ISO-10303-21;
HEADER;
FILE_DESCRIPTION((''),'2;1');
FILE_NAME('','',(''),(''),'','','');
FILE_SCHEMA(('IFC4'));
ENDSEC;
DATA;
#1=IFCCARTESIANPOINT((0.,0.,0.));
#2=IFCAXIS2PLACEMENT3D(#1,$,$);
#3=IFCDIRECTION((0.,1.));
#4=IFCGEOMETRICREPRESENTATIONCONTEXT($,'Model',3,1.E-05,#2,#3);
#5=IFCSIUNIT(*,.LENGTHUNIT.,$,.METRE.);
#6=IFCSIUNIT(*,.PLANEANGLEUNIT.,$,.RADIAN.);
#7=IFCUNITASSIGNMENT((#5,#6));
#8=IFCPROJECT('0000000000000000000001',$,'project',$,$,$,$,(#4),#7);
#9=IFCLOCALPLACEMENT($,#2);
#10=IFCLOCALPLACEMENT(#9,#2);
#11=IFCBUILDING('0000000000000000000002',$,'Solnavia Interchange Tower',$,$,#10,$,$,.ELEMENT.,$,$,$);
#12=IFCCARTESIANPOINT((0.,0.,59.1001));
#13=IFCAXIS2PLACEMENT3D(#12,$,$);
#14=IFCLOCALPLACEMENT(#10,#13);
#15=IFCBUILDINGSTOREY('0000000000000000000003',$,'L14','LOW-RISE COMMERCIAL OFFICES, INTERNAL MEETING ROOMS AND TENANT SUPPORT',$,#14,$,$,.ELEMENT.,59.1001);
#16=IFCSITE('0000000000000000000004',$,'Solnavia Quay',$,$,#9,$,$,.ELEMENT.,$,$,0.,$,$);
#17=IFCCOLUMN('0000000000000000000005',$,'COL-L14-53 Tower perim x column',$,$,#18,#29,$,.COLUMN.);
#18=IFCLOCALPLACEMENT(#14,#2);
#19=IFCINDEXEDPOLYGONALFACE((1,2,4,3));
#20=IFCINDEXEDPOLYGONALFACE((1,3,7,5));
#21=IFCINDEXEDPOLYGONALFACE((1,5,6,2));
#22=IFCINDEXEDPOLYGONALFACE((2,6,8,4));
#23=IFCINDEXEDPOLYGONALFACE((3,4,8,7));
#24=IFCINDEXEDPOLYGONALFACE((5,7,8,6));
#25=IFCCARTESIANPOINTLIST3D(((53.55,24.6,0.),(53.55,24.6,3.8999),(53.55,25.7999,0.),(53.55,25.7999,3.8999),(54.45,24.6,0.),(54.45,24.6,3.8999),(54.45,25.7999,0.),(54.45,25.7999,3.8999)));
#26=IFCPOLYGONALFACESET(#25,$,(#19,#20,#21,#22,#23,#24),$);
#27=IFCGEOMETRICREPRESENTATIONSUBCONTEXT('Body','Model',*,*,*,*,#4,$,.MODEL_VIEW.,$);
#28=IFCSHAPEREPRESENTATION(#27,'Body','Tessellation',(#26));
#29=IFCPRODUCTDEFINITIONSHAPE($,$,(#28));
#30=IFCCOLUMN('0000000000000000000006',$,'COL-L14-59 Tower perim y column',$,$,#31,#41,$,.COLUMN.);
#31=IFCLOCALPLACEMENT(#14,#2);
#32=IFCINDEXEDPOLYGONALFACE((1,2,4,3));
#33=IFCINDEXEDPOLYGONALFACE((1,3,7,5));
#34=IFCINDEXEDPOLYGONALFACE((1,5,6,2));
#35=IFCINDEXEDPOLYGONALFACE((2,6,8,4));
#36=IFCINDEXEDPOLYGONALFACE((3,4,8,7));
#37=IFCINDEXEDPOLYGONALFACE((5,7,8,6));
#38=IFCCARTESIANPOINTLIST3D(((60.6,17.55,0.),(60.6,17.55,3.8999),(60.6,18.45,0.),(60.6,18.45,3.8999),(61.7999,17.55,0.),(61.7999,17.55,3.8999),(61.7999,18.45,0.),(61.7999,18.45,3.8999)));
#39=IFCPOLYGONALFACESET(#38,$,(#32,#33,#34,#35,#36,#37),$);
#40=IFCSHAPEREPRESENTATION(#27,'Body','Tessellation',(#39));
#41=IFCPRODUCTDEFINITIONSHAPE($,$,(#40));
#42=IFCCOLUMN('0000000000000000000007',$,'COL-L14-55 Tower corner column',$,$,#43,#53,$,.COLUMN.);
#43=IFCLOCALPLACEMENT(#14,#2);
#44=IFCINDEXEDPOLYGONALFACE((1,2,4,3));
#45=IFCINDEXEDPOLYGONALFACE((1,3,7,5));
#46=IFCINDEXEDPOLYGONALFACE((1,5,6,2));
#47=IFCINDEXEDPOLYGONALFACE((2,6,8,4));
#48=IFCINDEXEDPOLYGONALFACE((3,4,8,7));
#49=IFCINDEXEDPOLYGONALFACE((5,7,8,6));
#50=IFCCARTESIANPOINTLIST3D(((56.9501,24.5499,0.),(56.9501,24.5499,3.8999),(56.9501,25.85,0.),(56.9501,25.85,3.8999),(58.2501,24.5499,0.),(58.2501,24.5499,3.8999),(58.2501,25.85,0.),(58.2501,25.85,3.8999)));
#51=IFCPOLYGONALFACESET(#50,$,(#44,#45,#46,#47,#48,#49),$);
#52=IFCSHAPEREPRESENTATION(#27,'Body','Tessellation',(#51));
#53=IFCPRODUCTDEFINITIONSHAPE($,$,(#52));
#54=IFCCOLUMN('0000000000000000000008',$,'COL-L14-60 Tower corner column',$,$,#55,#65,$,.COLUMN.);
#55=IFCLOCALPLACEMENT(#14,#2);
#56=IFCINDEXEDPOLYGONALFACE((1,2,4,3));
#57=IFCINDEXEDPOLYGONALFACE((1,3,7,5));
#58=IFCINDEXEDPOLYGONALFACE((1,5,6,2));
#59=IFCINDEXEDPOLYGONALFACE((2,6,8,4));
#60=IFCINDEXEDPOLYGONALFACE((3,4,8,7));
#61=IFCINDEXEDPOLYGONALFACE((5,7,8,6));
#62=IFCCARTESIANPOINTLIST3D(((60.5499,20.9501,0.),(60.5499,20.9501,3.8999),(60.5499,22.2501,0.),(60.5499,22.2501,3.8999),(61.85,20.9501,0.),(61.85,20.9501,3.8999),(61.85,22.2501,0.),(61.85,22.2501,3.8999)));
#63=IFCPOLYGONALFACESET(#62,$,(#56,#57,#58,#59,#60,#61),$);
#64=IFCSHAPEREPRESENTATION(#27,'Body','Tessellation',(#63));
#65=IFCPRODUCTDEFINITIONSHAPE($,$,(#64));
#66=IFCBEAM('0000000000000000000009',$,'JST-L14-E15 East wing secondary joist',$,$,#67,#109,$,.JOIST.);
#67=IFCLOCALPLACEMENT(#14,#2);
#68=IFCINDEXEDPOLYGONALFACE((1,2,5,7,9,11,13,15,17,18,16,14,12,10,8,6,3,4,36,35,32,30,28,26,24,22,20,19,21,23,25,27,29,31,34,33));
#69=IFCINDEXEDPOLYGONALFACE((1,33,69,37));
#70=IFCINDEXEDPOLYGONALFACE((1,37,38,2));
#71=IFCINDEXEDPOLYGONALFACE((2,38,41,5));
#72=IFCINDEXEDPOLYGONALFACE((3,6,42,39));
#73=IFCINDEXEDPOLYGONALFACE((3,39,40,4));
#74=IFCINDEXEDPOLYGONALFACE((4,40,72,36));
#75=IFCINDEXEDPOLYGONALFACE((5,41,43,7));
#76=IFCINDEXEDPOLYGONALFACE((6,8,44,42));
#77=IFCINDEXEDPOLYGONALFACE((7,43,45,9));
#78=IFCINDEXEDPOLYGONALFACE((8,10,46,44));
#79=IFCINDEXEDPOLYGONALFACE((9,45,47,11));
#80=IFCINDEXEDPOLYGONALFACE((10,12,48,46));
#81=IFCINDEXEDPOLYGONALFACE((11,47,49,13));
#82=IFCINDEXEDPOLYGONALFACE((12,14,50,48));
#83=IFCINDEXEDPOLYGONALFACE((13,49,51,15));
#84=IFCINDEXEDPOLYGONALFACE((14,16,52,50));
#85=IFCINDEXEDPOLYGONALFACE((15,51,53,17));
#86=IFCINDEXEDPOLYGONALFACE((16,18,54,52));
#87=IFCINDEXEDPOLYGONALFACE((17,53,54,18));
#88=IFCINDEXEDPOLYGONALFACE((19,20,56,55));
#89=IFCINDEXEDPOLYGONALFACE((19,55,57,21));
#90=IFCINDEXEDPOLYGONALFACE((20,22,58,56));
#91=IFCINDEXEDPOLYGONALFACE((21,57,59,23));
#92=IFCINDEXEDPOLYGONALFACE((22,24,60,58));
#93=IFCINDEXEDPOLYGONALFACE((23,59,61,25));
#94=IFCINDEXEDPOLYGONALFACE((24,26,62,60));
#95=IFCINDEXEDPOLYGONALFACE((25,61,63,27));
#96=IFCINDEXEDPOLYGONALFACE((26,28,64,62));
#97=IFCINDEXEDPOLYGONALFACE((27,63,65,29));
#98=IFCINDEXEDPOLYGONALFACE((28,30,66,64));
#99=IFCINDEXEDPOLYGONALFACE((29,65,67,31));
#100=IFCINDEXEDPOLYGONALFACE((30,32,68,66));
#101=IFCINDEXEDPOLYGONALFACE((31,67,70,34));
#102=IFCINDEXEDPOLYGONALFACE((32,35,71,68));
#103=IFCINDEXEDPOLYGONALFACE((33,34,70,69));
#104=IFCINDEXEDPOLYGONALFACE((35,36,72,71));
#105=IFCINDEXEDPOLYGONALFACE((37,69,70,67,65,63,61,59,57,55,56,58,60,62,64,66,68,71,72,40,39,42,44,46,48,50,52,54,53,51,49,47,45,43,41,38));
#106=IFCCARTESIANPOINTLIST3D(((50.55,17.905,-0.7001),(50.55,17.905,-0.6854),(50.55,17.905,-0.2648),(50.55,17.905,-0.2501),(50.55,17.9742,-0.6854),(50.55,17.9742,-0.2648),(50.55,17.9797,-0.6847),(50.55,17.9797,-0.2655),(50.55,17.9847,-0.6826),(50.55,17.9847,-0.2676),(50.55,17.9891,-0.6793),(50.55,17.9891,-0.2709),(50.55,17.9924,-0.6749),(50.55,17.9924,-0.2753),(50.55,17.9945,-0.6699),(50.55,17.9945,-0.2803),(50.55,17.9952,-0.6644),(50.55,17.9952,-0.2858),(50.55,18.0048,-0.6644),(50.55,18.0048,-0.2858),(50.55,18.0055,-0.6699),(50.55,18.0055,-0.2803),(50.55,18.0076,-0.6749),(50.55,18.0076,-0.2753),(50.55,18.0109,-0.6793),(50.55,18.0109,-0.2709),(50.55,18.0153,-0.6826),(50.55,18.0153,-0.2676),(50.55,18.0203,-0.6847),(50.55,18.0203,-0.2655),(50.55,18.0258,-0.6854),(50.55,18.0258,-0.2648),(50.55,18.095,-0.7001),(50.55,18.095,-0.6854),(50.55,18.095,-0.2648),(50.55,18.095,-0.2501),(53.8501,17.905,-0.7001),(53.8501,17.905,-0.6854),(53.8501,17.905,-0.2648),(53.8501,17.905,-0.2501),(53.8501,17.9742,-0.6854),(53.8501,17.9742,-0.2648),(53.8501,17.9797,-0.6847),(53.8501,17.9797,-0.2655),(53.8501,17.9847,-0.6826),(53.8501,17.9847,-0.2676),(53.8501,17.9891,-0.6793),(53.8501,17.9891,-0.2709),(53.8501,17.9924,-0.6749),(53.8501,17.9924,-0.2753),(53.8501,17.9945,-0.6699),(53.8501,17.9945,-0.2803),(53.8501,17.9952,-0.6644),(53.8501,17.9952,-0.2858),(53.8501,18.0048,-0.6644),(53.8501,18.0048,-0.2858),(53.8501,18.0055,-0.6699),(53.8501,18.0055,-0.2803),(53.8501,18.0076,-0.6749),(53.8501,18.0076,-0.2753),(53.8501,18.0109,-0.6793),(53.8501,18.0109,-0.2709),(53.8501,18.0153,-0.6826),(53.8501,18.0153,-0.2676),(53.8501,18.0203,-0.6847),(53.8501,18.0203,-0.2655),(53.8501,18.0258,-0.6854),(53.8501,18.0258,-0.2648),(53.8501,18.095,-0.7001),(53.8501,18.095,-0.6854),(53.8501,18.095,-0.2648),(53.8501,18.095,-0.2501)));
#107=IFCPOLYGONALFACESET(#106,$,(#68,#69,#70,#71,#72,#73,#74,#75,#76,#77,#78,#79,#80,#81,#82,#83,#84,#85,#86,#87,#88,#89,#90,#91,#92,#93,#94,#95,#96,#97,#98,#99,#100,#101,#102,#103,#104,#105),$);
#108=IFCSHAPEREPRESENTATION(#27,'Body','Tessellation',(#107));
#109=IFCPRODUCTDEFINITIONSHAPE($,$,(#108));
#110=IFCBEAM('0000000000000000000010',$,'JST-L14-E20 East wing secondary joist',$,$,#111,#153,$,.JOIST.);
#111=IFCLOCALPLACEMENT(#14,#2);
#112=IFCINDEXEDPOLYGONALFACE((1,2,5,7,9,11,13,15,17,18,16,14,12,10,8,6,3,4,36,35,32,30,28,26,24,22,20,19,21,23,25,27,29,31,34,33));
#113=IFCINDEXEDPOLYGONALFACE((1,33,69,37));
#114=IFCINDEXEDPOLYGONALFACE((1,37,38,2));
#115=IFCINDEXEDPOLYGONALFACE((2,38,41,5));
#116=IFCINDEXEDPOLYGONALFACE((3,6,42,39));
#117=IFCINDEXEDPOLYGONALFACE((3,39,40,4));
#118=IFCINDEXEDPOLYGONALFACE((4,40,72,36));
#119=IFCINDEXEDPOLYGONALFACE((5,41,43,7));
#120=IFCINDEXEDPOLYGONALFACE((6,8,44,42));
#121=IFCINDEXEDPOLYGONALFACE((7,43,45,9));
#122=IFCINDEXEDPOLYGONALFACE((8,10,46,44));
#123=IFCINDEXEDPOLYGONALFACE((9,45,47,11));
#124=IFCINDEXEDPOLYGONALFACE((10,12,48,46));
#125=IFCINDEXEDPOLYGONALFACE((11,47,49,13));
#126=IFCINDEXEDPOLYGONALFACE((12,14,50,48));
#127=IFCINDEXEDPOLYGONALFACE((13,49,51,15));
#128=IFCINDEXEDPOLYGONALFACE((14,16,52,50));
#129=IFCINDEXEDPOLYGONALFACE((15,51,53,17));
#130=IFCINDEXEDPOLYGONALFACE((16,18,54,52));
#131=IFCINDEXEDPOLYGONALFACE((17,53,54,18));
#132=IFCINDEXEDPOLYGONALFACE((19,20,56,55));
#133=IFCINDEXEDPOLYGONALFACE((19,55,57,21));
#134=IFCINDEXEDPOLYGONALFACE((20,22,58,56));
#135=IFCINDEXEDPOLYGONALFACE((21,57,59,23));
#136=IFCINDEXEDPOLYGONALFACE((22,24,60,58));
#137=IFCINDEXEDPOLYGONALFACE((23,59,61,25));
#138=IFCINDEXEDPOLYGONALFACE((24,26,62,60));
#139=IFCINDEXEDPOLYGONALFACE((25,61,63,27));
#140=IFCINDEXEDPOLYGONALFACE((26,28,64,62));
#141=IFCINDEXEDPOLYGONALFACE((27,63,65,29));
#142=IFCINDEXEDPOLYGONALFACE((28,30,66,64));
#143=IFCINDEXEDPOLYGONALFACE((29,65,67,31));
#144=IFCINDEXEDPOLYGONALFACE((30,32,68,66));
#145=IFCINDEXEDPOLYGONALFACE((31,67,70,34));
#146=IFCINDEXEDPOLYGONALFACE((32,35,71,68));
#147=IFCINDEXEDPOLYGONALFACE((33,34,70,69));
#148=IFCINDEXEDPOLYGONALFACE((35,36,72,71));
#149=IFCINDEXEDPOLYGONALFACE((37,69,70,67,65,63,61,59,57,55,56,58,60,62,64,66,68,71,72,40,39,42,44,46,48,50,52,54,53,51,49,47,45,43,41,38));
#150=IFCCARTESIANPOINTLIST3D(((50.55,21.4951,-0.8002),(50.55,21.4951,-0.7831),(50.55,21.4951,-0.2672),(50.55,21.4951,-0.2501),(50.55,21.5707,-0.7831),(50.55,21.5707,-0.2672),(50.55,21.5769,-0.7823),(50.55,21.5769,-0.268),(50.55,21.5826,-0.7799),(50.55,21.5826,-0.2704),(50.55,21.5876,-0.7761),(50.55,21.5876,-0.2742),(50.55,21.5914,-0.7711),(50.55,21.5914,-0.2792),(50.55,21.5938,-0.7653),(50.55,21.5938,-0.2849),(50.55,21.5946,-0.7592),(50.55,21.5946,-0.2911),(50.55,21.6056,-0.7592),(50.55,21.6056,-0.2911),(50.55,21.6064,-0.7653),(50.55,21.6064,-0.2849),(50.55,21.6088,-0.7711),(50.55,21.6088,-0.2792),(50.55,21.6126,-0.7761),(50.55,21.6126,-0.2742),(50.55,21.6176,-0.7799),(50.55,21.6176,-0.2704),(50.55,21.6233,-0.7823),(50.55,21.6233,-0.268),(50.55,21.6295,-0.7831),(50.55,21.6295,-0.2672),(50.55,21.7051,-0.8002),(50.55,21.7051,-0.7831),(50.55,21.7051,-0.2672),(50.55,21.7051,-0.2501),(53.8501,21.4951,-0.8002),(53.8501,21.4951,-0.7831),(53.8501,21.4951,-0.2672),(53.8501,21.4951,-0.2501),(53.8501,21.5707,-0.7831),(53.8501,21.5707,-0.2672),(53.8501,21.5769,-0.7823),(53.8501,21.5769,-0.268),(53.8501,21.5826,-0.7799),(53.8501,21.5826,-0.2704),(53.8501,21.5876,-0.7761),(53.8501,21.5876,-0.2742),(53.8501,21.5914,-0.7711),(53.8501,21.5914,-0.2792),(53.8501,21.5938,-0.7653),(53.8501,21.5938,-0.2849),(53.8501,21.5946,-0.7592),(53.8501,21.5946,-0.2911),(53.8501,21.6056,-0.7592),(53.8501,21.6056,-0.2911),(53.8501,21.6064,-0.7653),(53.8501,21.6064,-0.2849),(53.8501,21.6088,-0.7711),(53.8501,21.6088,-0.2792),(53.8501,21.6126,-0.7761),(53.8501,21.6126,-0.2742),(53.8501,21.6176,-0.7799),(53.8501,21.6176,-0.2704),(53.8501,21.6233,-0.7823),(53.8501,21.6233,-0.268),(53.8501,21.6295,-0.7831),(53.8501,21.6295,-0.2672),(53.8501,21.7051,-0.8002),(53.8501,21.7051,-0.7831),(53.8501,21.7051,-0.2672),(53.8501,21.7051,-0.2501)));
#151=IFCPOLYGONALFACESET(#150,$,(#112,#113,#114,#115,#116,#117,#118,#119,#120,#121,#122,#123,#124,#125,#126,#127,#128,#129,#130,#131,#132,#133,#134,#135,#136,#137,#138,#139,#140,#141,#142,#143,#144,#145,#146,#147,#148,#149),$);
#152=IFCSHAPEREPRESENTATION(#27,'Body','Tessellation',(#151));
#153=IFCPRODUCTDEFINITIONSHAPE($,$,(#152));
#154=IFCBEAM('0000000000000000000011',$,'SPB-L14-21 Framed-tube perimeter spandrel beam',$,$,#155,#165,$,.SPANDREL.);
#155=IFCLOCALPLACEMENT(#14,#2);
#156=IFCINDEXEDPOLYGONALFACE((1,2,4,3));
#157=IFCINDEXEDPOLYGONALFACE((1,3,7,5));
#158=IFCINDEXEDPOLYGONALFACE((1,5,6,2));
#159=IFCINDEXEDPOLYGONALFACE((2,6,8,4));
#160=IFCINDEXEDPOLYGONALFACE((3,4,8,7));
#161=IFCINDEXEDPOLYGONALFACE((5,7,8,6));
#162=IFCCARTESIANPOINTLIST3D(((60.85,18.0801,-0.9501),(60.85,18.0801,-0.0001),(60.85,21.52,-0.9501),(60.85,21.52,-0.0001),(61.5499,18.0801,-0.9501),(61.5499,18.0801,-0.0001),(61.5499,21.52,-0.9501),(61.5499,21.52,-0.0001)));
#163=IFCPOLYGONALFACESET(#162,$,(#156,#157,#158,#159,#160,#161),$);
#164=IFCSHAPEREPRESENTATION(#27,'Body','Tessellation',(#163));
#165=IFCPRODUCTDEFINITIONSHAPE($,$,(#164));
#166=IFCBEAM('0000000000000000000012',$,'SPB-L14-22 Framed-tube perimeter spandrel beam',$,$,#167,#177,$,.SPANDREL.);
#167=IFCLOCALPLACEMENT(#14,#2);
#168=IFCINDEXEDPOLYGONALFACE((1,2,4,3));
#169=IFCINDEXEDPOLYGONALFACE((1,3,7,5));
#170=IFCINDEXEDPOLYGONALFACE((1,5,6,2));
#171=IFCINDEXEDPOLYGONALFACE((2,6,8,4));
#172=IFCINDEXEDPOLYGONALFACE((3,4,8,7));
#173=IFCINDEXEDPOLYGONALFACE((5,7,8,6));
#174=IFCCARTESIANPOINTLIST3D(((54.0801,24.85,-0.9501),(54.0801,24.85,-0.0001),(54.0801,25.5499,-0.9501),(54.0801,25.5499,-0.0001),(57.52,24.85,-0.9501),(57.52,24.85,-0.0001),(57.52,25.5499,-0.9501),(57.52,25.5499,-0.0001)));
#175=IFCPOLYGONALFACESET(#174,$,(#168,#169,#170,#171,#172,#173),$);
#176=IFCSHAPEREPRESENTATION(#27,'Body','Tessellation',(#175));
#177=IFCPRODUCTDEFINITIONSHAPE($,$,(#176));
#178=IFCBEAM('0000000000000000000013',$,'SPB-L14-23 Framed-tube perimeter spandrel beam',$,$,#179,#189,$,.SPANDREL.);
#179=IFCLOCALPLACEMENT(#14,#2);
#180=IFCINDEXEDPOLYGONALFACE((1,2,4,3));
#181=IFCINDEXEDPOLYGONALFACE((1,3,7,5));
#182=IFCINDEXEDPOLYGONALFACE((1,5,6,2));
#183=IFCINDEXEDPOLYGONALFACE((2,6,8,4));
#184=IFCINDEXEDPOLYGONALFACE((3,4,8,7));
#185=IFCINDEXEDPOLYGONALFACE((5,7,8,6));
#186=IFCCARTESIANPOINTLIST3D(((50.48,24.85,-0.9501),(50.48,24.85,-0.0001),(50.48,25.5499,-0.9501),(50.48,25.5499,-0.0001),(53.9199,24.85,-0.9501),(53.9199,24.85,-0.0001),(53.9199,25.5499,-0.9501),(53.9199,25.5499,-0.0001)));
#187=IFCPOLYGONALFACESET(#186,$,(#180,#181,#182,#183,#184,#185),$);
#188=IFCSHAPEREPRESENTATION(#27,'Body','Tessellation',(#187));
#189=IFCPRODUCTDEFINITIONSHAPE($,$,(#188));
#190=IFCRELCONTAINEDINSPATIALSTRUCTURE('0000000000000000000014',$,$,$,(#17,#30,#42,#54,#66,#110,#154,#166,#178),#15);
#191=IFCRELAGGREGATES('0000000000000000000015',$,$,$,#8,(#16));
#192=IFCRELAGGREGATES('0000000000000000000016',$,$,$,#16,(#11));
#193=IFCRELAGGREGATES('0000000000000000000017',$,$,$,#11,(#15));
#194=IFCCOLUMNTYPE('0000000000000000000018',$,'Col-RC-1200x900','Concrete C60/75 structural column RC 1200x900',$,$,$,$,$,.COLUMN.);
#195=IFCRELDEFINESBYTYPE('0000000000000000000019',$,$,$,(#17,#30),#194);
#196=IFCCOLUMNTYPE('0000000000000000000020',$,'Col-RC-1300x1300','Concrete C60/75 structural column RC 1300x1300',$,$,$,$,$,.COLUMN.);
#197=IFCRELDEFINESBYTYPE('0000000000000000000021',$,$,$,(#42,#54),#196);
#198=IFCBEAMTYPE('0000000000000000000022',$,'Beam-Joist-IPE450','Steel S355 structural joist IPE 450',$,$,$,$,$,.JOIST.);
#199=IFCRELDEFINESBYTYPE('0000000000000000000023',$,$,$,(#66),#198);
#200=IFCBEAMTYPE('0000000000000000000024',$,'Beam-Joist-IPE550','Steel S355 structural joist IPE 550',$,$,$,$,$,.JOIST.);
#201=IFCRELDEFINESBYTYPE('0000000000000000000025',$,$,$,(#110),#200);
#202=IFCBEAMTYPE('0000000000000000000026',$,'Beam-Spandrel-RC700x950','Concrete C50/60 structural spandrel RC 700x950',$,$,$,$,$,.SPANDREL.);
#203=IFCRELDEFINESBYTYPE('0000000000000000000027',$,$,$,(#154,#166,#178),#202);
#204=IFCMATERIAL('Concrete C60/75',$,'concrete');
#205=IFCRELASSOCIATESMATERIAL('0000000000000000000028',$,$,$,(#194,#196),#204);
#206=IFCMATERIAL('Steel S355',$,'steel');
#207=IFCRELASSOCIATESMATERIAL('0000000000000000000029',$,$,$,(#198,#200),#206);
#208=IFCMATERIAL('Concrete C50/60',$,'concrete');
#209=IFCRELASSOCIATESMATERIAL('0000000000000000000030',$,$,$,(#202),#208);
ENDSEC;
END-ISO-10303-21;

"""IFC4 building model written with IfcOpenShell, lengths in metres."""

from ifc_helpers import new_model, si_unit, direction, frame, origin, origin_2d, place, context, subcontext, project, spatial, rectangle, i_section, extrude, material, material_profile, profile_set, type_object, element, save


model = new_model("IFC4")

# Units and contexts
model_context = context("Model", 3, precision=1e-05, world=origin(), true_north=direction((0.0, 1.0)))
body_context = subcontext(model_context, "Body", "Model", "MODEL_VIEW")
ifc_project = project(units=[si_unit("LENGTHUNIT", "METRE"), si_unit("PLANEANGLEUNIT", "RADIAN")], contexts=[model_context])

# Site, building, storey
site_placement = place(None, origin())
site = spatial("IfcSite", under=ifc_project, at=site_placement, Name="Solnavia Quay", CompositionType="ELEMENT", RefElevation=0.0)
building_placement = place(site_placement, origin())
building = spatial("IfcBuilding", under=site, at=building_placement, Name="Solnavia Interchange Tower", CompositionType="ELEMENT")
storey_placement = place(building_placement, frame((0.0, 0.0, 59.1001)))
storey = spatial("IfcBuildingStorey", under=building, at=storey_placement, Name="L14", Description="LOW-RISE COMMERCIAL OFFICES, INTERNAL MEETING ROOMS AND TENANT SUPPORT", CompositionType="ELEMENT", Elevation=59.1001)

# Columns
ifc_material_1 = material(Name="Concrete C60/75", Category="concrete")
ifc_material_profile_1 = material_profile(ifc_material_1, rectangle(XDim=0.8999, YDim=1.2, at=origin_2d()), Name="RC 1200x900")
ifc_profile_set_1 = profile_set([ifc_material_profile_1], Name="Concrete C60/75")
column_type_1 = type_object("IfcColumnType", Name="Col-RC-1200x900", Description="Concrete C60/75 structural column RC 1200x900", PredefinedType="COLUMN", material=ifc_profile_set_1)
for number, where, z_axis, x_axis, name in (
    (1, (54.0, 25.2, 0.0), (0.0, 0.0, 1.0), (1.0, 0.0, 0.0), "COL-L14-53 Tower perim x column"),
    (2, (61.2, 18.0, 0.0), (0.0, 0.0, 1.0), (0.0, 1.0, 0.0), "COL-L14-59 Tower perim y column"),
):
    element("IfcColumn", number, at=place(storey_placement, frame(where, z_axis=z_axis, x_axis=x_axis)), inside=storey, type_object=column_type_1, Name=name, PredefinedType="COLUMN", context=body_context, shape_type="SweptSolid", body=[
        extrude(rectangle(XDim=0.8999, YDim=1.2, at=origin_2d()), origin(), (0.0, 0.0, 1.0), 3.8999),
    ])
ifc_material_profile_2 = material_profile(ifc_material_1, rectangle(XDim=1.3, YDim=1.3, at=origin_2d()), Name="RC 1300x1300")
ifc_profile_set_2 = profile_set([ifc_material_profile_2], Name="Concrete C60/75")
column_type_2 = type_object("IfcColumnType", Name="Col-RC-1300x1300", Description="Concrete C60/75 structural column RC 1300x1300", PredefinedType="COLUMN", material=ifc_profile_set_2)
for number, where, z_axis, x_axis, name in (
    (3, (57.6001, 25.2, 0.0), (0.0, 0.0, 1.0), (1.0, 0.0, 0.0), "COL-L14-55 Tower corner column"),
    (4, (61.2, 21.6001, 0.0), (0.0, 0.0, 1.0), (0.0, 1.0, 0.0), "COL-L14-60 Tower corner column"),
):
    element("IfcColumn", number, at=place(storey_placement, frame(where, z_axis=z_axis, x_axis=x_axis)), inside=storey, type_object=column_type_2, Name=name, PredefinedType="COLUMN", context=body_context, shape_type="SweptSolid", body=[
        extrude(rectangle(XDim=1.3, YDim=1.3, at=origin_2d()), origin(), (0.0, 0.0, 1.0), 3.8999),
    ])

# Beams
ifc_material_2 = material(Name="Steel S355", Category="steel")
ifc_material_profile_3 = material_profile(ifc_material_2, i_section(OverallWidth=0.1899, OverallDepth=0.45, WebThickness=0.0095, FlangeThickness=0.0146, FilletRadius=0.021, at=origin_2d()), Name="IPE 450")
ifc_profile_set_3 = profile_set([ifc_material_profile_3], Name="Steel S355")
beam_type_1 = type_object("IfcBeamType", Name="Beam-Joist-IPE450", Description="Steel S355 structural joist IPE 450", PredefinedType="JOIST", material=ifc_profile_set_3)
beam_1_placement = place(storey_placement, frame((50.55, 18.0, -0.4751), z_axis=(1.0, 0.0, 0.0), x_axis=(0.0, 1.0, 0.0)))
element("IfcBeam", 5, at=beam_1_placement, inside=storey, type_object=beam_type_1, Name="JST-L14-E15 East wing secondary joist", PredefinedType="JOIST", context=body_context, shape_type="SweptSolid", body=[
    extrude(i_section(OverallWidth=0.1899, OverallDepth=0.45, WebThickness=0.0095, FlangeThickness=0.0146, FilletRadius=0.021, at=origin_2d()), origin(), (0.0, 0.0, 1.0), 3.3),
])
ifc_material_profile_4 = material_profile(ifc_material_2, i_section(OverallWidth=0.21, OverallDepth=0.55, WebThickness=0.011, FlangeThickness=0.0171, FilletRadius=0.0239, at=origin_2d()), Name="IPE 550")
ifc_profile_set_4 = profile_set([ifc_material_profile_4], Name="Steel S355")
beam_type_2 = type_object("IfcBeamType", Name="Beam-Joist-IPE550", Description="Steel S355 structural joist IPE 550", PredefinedType="JOIST", material=ifc_profile_set_4)
beam_2_placement = place(storey_placement, frame((50.55, 21.6001, -0.5251), z_axis=(1.0, 0.0, 0.0), x_axis=(0.0, 1.0, 0.0)))
element("IfcBeam", 6, at=beam_2_placement, inside=storey, type_object=beam_type_2, Name="JST-L14-E20 East wing secondary joist", PredefinedType="JOIST", context=body_context, shape_type="SweptSolid", body=[
    extrude(i_section(OverallWidth=0.21, OverallDepth=0.55, WebThickness=0.011, FlangeThickness=0.0171, FilletRadius=0.0239, at=origin_2d()), origin(), (0.0, 0.0, 1.0), 3.3),
])
ifc_material_3 = material(Name="Concrete C50/60", Category="concrete")
ifc_material_profile_5 = material_profile(ifc_material_3, rectangle(XDim=0.7, YDim=0.95, at=origin_2d()), Name="RC 700x950")
ifc_profile_set_5 = profile_set([ifc_material_profile_5], Name="Concrete C50/60")
beam_type_3 = type_object("IfcBeamType", Name="Beam-Spandrel-RC700x950", Description="Concrete C50/60 structural spandrel RC 700x950", PredefinedType="SPANDREL", material=ifc_profile_set_5)
for number, where, z_axis, x_axis, name in (
    (7, (61.2, 18.0801, -0.4751), (0.0, 1.0, 0.0), (-1.0, 0.0, 0.0), "SPB-L14-21 Framed-tube perimeter spandrel beam"),
    (8, (57.52, 25.2, -0.4751), (-1.0, 0.0, 0.0), (0.0, -1.0, 0.0), "SPB-L14-22 Framed-tube perimeter spandrel beam"),
    (9, (53.9199, 25.2, -0.4751), (-1.0, 0.0, 0.0), (0.0, -1.0, 0.0), "SPB-L14-23 Framed-tube perimeter spandrel beam"),
):
    element("IfcBeam", number, at=place(storey_placement, frame(where, z_axis=z_axis, x_axis=x_axis)), inside=storey, type_object=beam_type_3, Name=name, PredefinedType="SPANDREL", context=body_context, shape_type="SweptSolid", body=[
        extrude(rectangle(XDim=0.7, YDim=0.95, at=origin_2d()), origin(), (0.0, 0.0, 1.0), 3.4399),
    ])

save(model, "model.ifc")
